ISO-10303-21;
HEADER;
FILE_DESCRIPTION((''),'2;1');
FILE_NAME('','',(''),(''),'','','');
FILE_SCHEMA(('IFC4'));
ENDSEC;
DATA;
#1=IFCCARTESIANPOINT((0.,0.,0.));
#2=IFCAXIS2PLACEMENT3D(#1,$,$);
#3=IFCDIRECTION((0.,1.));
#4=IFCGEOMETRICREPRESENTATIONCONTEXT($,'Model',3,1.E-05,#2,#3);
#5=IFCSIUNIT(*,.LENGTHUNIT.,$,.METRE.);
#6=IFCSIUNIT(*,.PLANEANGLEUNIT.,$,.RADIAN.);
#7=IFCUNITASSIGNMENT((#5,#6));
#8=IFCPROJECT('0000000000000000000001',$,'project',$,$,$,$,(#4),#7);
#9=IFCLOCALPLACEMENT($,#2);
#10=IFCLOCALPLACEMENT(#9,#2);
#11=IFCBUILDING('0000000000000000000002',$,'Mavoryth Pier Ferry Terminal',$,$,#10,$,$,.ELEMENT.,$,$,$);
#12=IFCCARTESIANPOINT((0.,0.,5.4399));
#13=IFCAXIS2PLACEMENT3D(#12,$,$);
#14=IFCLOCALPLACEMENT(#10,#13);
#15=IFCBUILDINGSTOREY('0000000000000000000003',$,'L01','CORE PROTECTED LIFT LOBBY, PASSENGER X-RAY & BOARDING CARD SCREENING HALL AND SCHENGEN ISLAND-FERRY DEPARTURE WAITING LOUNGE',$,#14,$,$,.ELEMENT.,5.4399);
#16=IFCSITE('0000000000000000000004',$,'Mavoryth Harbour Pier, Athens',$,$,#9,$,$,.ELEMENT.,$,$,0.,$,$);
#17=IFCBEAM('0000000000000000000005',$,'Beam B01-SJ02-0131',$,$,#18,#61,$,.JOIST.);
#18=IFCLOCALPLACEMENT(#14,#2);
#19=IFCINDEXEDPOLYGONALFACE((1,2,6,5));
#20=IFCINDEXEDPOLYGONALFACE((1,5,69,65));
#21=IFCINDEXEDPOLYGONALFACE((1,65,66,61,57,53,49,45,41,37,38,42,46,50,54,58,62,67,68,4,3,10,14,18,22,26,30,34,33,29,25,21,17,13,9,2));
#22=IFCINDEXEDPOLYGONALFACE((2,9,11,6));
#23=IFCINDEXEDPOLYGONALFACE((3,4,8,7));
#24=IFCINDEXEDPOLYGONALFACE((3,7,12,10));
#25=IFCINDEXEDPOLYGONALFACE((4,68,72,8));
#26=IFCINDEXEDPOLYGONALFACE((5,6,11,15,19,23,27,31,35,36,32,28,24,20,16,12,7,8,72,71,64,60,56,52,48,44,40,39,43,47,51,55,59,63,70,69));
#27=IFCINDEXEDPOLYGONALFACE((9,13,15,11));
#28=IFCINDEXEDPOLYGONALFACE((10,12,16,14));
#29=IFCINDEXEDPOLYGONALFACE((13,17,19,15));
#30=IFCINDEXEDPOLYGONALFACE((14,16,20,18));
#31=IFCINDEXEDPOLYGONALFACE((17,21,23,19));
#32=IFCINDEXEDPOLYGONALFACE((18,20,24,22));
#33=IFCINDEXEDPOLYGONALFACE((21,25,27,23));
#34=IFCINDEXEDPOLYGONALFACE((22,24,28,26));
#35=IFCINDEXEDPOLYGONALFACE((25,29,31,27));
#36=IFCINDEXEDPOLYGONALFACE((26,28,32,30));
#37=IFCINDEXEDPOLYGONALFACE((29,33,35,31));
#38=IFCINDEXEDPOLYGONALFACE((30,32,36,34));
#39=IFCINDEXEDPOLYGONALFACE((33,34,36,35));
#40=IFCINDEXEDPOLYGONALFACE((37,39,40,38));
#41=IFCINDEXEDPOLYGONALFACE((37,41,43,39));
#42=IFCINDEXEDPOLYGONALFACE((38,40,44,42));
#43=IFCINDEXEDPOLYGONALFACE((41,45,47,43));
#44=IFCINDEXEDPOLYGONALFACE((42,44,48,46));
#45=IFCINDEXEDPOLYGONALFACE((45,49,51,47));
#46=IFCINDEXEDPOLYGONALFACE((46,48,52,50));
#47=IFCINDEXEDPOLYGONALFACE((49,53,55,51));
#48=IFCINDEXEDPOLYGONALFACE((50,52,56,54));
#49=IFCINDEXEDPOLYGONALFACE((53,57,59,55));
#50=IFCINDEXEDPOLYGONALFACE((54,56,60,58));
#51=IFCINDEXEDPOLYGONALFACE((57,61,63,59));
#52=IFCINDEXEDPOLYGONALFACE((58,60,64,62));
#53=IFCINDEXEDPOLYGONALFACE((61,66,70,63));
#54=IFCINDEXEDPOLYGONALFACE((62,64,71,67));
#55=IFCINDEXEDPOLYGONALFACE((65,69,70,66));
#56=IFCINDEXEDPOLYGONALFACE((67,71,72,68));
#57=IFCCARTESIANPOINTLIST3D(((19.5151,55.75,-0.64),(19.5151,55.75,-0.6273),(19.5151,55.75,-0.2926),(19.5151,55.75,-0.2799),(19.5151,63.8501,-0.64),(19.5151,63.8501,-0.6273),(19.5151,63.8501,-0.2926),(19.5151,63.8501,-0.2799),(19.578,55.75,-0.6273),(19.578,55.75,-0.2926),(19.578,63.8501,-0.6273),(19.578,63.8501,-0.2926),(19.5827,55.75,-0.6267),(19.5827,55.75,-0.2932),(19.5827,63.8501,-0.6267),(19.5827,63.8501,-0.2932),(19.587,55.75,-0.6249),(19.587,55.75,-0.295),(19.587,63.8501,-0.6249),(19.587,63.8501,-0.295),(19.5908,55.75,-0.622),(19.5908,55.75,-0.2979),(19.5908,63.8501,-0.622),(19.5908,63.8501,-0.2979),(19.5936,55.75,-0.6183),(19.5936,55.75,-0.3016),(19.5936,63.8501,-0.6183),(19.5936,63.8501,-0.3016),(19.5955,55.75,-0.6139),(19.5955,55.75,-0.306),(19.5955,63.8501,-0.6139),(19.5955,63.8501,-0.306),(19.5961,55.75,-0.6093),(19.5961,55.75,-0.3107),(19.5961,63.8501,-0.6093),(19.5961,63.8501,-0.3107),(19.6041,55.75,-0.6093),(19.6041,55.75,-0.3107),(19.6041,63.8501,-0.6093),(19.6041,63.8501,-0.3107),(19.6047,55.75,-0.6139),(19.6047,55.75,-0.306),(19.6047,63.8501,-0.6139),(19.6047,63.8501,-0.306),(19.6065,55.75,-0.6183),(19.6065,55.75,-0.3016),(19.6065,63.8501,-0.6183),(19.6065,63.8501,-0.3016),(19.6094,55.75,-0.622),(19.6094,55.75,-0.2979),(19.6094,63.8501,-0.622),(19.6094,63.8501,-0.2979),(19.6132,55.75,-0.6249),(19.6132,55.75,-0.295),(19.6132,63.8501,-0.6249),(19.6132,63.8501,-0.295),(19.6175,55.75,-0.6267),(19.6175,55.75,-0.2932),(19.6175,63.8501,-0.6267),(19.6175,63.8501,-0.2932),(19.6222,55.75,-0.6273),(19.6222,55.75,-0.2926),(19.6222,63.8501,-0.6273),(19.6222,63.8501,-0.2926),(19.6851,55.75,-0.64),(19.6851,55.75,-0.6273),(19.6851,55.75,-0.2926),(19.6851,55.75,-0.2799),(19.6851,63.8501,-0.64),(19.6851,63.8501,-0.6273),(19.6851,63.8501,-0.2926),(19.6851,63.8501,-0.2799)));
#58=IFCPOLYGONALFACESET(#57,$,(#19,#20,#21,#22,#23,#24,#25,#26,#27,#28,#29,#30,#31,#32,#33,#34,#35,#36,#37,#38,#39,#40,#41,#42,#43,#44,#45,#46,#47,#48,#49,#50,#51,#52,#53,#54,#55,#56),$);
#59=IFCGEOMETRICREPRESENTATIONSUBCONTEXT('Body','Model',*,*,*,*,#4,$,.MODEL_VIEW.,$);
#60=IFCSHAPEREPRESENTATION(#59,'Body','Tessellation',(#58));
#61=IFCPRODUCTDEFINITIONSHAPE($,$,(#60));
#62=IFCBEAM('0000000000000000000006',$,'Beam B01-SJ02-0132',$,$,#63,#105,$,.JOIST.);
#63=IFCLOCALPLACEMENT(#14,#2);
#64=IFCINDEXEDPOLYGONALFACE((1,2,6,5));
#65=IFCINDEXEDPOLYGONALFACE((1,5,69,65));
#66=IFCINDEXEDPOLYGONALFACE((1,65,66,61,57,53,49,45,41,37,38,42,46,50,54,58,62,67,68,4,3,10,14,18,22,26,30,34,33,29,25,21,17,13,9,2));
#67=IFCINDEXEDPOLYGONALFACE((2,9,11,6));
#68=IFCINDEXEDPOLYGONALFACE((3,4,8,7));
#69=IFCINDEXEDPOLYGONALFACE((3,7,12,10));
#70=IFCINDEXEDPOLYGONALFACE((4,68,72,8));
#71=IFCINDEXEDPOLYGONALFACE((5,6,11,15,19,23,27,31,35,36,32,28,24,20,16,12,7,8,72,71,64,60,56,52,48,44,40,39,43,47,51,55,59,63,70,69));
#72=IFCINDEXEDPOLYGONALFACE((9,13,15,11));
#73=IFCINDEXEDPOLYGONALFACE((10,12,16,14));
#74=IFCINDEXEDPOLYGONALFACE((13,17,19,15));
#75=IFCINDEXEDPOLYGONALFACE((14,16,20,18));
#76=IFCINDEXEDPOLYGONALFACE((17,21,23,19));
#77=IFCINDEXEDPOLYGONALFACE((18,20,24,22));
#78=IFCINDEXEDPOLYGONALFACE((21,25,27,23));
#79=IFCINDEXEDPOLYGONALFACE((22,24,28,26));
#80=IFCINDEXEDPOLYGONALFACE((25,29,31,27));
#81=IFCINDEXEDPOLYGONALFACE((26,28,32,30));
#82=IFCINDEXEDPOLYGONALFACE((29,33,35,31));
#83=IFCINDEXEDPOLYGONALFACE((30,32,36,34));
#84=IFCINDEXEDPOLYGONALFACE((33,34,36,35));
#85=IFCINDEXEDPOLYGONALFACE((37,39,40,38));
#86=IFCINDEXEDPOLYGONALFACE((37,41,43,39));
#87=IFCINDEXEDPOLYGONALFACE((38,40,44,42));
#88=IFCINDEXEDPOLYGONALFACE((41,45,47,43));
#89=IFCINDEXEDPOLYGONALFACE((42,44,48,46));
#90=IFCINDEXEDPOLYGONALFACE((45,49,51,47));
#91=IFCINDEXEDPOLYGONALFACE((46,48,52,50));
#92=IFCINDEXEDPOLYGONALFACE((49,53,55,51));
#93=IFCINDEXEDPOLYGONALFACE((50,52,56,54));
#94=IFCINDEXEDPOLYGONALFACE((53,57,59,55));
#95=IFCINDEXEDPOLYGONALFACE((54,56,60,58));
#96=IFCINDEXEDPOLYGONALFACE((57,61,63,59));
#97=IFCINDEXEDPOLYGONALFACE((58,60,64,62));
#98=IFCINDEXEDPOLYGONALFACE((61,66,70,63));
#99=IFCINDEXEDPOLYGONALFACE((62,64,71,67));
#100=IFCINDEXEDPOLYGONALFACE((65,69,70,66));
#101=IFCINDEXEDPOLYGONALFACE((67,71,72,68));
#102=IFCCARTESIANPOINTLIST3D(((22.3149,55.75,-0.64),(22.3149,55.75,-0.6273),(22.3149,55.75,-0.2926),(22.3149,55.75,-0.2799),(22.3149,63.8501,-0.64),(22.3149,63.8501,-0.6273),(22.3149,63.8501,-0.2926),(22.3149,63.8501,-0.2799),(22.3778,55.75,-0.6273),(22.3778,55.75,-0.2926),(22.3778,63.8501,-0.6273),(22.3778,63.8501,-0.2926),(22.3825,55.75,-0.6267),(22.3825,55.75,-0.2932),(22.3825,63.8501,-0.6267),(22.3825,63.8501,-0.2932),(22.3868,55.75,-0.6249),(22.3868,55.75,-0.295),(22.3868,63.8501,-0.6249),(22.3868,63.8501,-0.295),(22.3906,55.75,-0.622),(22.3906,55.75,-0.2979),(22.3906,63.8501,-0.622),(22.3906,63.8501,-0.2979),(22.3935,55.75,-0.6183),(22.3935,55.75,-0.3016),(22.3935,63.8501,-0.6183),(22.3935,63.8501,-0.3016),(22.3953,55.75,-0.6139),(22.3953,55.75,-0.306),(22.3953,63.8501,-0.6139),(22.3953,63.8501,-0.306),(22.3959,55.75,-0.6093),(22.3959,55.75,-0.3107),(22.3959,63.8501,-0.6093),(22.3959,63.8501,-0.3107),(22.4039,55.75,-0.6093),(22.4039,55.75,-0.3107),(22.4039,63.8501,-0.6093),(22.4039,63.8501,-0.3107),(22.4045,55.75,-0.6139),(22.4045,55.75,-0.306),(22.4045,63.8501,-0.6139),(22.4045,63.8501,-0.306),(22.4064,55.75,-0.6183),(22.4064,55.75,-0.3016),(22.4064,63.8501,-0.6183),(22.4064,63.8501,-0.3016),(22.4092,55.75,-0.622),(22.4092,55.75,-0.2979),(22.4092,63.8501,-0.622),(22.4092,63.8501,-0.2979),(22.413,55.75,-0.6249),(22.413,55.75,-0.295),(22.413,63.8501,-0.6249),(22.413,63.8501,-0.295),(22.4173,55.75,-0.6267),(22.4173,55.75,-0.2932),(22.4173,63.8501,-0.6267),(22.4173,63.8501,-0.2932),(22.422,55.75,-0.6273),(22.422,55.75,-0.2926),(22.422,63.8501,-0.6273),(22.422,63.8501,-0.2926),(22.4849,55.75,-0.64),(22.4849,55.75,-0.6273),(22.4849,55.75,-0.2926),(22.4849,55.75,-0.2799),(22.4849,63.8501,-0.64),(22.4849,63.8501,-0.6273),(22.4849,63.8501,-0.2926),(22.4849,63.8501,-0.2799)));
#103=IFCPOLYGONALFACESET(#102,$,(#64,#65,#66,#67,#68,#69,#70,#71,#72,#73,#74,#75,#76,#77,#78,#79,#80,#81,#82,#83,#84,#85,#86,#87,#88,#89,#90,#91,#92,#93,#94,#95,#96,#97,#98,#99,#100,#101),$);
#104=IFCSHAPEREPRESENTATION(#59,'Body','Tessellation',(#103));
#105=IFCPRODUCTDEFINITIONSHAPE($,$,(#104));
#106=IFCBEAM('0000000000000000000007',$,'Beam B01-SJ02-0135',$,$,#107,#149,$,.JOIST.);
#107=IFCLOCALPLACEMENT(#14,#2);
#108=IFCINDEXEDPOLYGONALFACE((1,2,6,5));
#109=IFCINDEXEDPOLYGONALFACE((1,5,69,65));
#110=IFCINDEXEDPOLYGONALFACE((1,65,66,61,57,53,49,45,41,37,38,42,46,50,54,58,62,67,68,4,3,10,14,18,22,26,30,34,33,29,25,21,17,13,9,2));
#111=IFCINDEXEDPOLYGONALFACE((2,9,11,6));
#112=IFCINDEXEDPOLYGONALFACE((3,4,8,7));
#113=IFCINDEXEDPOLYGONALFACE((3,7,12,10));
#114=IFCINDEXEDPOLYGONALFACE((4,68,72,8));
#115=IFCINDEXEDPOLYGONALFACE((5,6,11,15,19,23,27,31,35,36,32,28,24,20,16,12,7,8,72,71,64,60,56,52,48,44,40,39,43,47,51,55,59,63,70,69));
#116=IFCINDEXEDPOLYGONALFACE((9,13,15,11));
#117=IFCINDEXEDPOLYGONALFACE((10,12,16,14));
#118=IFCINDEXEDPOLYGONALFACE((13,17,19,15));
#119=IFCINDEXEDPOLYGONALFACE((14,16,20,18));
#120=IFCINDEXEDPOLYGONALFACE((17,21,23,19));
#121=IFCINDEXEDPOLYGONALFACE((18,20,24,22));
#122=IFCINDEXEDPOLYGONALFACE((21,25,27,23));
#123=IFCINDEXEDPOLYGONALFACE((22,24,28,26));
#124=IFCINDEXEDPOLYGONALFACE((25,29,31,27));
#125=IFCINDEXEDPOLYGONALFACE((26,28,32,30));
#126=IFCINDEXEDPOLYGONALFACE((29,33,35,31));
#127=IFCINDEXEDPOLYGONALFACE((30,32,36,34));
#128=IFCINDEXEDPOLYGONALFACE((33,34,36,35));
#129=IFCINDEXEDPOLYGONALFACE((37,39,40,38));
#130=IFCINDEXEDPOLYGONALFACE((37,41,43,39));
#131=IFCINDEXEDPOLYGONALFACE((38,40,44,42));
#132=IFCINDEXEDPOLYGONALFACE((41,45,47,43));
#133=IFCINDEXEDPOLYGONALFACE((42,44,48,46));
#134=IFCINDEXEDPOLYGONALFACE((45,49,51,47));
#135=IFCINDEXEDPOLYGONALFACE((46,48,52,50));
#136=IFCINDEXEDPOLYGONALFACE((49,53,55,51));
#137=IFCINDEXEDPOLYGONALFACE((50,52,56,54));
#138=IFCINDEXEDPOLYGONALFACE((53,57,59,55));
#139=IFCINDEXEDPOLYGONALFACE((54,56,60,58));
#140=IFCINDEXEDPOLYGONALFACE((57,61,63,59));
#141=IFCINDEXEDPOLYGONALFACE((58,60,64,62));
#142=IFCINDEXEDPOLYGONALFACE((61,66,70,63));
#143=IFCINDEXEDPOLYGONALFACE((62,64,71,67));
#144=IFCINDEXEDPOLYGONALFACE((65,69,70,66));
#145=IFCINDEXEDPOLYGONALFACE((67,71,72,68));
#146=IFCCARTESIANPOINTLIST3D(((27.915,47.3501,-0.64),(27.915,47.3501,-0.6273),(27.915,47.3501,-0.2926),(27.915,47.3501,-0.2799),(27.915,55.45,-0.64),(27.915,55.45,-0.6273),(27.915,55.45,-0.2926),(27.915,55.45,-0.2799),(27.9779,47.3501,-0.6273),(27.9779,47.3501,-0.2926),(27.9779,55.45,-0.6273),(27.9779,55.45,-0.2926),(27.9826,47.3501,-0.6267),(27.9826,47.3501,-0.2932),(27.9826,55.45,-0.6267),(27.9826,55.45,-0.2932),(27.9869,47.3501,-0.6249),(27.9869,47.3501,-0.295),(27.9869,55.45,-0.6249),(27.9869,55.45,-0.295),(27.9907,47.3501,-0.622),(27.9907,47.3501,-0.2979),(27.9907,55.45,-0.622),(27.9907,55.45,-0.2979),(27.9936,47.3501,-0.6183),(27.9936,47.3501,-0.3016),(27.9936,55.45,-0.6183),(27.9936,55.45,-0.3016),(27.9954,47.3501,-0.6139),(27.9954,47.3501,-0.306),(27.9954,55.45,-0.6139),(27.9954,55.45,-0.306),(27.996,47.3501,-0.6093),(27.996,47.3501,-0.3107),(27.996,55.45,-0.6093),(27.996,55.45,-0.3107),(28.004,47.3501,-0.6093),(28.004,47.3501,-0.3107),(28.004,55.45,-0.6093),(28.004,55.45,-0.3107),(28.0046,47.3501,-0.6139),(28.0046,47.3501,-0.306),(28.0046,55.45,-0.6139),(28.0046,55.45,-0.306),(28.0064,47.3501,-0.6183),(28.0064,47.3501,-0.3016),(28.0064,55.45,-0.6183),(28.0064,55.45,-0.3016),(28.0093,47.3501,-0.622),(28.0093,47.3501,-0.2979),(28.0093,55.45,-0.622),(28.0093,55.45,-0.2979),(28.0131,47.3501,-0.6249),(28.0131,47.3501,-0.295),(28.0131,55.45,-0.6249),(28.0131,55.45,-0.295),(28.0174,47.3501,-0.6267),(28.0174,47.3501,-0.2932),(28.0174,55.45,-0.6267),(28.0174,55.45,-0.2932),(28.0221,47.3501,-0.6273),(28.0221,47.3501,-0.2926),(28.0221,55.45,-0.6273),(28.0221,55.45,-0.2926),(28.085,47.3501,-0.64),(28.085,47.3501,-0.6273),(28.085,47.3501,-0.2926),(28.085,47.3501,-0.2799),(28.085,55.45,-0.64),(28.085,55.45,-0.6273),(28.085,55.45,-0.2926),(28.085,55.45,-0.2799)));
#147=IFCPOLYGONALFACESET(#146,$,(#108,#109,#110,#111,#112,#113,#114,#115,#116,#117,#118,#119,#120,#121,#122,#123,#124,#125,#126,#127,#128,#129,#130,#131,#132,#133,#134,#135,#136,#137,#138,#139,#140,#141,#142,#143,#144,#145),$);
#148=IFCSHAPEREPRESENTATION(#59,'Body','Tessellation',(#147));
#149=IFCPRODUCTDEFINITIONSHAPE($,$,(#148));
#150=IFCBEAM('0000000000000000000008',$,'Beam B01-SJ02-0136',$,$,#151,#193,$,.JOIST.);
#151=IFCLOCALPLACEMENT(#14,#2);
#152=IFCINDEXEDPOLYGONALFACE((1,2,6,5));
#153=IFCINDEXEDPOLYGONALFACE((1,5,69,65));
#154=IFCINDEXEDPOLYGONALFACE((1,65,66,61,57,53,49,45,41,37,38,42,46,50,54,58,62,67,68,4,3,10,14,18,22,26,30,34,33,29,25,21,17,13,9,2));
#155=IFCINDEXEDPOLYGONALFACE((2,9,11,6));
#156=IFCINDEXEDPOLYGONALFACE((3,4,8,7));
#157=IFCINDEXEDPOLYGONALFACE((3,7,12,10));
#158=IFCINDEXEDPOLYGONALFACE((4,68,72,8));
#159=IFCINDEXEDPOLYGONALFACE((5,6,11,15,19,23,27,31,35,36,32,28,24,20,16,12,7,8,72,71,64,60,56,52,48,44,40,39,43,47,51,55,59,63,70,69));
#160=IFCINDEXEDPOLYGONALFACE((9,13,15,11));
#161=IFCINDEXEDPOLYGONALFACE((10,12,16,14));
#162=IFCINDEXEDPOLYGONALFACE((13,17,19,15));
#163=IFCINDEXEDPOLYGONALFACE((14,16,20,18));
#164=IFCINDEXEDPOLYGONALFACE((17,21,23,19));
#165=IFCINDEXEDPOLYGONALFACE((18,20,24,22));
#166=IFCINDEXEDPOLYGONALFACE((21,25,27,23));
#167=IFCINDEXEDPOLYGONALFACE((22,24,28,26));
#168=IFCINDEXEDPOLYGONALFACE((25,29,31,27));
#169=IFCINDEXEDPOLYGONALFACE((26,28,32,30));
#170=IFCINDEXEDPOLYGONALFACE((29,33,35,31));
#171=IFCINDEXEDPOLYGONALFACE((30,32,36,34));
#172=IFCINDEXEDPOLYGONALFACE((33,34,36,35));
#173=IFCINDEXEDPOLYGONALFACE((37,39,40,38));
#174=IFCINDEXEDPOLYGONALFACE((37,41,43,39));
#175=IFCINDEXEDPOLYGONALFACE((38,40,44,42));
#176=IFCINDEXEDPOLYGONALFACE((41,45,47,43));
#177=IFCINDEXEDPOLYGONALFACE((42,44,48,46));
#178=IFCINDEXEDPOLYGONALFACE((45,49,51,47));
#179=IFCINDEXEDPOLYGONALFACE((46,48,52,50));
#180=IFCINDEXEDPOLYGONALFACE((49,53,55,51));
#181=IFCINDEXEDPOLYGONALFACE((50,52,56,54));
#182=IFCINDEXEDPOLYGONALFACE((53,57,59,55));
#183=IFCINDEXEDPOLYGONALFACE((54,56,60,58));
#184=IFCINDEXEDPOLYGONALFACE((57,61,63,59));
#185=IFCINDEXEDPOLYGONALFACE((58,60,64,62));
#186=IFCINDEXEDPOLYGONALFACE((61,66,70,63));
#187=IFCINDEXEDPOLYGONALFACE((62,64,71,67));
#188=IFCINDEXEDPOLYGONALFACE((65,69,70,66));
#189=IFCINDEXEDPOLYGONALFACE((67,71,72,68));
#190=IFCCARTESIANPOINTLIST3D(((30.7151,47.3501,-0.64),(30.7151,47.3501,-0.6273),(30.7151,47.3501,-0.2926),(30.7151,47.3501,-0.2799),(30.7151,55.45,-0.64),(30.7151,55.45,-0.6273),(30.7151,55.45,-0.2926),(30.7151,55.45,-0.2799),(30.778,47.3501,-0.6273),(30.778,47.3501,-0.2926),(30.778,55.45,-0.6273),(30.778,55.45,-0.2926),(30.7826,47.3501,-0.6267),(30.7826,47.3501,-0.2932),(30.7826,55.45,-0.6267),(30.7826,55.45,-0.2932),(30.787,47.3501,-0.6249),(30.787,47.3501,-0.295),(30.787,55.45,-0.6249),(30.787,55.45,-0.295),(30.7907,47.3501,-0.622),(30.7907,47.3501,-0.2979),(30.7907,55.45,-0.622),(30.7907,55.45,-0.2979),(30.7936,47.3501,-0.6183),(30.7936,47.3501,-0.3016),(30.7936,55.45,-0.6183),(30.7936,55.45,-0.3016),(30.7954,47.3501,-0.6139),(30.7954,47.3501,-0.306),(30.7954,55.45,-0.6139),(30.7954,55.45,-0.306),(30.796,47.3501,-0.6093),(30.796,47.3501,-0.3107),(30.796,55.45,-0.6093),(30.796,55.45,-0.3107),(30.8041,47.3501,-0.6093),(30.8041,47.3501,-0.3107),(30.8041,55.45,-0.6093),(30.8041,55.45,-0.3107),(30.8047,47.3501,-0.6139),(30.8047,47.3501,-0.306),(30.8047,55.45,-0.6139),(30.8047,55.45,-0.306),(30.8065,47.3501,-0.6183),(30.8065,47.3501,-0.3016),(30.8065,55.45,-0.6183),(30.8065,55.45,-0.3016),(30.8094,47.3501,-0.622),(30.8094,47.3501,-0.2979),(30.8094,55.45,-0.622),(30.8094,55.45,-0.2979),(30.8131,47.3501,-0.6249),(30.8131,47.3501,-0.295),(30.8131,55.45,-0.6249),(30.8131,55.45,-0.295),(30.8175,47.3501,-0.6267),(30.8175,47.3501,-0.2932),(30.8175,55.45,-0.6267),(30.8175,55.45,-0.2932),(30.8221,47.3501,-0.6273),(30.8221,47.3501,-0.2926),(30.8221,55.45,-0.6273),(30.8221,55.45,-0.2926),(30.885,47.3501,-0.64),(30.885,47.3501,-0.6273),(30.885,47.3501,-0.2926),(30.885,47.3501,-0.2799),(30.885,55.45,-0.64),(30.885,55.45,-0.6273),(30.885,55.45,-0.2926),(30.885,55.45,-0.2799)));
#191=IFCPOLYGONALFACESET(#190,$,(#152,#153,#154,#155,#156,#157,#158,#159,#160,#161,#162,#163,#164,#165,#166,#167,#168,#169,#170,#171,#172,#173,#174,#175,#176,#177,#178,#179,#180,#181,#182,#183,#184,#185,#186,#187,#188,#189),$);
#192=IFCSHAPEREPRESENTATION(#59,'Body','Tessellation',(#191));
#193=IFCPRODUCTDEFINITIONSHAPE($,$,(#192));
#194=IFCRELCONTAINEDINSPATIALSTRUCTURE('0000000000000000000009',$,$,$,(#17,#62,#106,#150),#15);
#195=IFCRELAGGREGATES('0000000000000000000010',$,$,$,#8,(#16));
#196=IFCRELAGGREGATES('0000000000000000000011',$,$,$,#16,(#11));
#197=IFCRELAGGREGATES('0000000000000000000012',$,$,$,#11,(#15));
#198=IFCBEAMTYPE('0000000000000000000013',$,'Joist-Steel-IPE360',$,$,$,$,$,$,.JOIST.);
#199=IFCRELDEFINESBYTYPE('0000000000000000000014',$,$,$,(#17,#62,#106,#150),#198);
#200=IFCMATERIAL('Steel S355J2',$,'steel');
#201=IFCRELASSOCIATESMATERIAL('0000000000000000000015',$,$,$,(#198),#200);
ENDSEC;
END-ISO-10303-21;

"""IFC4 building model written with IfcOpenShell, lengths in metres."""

from ifc_helpers import new_model, si_unit, direction, frame, origin, origin_2d, place, context, subcontext, project, spatial, i_section, extrude, material, material_profile, profile_set, type_object, element, save


model = new_model("IFC4")

# Units and contexts
model_context = context("Model", 3, precision=1e-05, world=origin(), true_north=direction((0.0, 1.0)))
body_context = subcontext(model_context, "Body", "Model", "MODEL_VIEW")
ifc_project = project(units=[si_unit("LENGTHUNIT", "METRE"), si_unit("PLANEANGLEUNIT", "RADIAN")], contexts=[model_context])

# Site, building, storey
site_placement = place(None, origin())
site = spatial("IfcSite", under=ifc_project, at=site_placement, Name="Mavoryth Harbour Pier, Athens", CompositionType="ELEMENT", RefElevation=0.0)
building_placement = place(site_placement, origin())
building = spatial("IfcBuilding", under=site, at=building_placement, Name="Mavoryth Pier Ferry Terminal", CompositionType="ELEMENT")
storey_placement = place(building_placement, frame((0.0, 0.0, 5.4399)))
storey = spatial("IfcBuildingStorey", under=building, at=storey_placement, Name="L01", Description="CORE PROTECTED LIFT LOBBY, PASSENGER X-RAY & BOARDING CARD SCREENING HALL AND SCHENGEN ISLAND-FERRY DEPARTURE WAITING LOUNGE", CompositionType="ELEMENT", Elevation=5.4399)

# Beams
ifc_material_1 = material(Name="Steel S355J2", Category="steel")
ifc_material_profile_1 = material_profile(ifc_material_1, i_section(OverallWidth=0.1699, OverallDepth=0.3601, WebThickness=0.0081, FlangeThickness=0.0127, FilletRadius=0.0181, at=origin_2d()), Name="IPE 360", Category="steel")
ifc_profile_set_1 = profile_set([ifc_material_profile_1], Name="Steel S355J2 - IPE 360")
beam_type_1 = type_object("IfcBeamType", Name="Joist-Steel-IPE360", PredefinedType="JOIST", material=ifc_profile_set_1)
for number, where, z_axis, x_axis, name in (
    (1, (19.6001, 55.75, -0.46), (0.0, 1.0, 0.0), (-1.0, 0.0, 0.0), "Beam B01-SJ02-0131"),
    (2, (22.3999, 55.75, -0.46), (0.0, 1.0, 0.0), (-1.0, 0.0, 0.0), "Beam B01-SJ02-0132"),
):
    element("IfcBeam", number, at=place(storey_placement, frame(where, z_axis=z_axis, x_axis=x_axis)), inside=storey, type_object=beam_type_1, Name=name, PredefinedType="JOIST", context=body_context, shape_type="SweptSolid", body=[
        extrude(i_section(OverallWidth=0.1699, OverallDepth=0.3601, WebThickness=0.0081, FlangeThickness=0.0127, FilletRadius=0.0181, at=origin_2d()), origin(), (0.0, 0.0, 1.0), 8.1001),
    ])
for number, where, z_axis, x_axis, name in (
    (3, (28.0, 47.3501, -0.46), (0.0, 1.0, 0.0), (-1.0, 0.0, 0.0), "Beam B01-SJ02-0135"),
    (4, (30.8, 47.3501, -0.46), (0.0, 1.0, 0.0), (-1.0, 0.0, 0.0), "Beam B01-SJ02-0136"),
):
    element("IfcBeam", number, at=place(storey_placement, frame(where, z_axis=z_axis, x_axis=x_axis)), inside=storey, type_object=beam_type_1, Name=name, PredefinedType="JOIST", context=body_context, shape_type="SweptSolid", body=[
        extrude(i_section(OverallWidth=0.1699, OverallDepth=0.3601, WebThickness=0.0081, FlangeThickness=0.0127, FilletRadius=0.0181, at=origin_2d()), origin(), (0.0, 0.0, 1.0), 8.0999),
    ])

save(model, "model.ifc")
